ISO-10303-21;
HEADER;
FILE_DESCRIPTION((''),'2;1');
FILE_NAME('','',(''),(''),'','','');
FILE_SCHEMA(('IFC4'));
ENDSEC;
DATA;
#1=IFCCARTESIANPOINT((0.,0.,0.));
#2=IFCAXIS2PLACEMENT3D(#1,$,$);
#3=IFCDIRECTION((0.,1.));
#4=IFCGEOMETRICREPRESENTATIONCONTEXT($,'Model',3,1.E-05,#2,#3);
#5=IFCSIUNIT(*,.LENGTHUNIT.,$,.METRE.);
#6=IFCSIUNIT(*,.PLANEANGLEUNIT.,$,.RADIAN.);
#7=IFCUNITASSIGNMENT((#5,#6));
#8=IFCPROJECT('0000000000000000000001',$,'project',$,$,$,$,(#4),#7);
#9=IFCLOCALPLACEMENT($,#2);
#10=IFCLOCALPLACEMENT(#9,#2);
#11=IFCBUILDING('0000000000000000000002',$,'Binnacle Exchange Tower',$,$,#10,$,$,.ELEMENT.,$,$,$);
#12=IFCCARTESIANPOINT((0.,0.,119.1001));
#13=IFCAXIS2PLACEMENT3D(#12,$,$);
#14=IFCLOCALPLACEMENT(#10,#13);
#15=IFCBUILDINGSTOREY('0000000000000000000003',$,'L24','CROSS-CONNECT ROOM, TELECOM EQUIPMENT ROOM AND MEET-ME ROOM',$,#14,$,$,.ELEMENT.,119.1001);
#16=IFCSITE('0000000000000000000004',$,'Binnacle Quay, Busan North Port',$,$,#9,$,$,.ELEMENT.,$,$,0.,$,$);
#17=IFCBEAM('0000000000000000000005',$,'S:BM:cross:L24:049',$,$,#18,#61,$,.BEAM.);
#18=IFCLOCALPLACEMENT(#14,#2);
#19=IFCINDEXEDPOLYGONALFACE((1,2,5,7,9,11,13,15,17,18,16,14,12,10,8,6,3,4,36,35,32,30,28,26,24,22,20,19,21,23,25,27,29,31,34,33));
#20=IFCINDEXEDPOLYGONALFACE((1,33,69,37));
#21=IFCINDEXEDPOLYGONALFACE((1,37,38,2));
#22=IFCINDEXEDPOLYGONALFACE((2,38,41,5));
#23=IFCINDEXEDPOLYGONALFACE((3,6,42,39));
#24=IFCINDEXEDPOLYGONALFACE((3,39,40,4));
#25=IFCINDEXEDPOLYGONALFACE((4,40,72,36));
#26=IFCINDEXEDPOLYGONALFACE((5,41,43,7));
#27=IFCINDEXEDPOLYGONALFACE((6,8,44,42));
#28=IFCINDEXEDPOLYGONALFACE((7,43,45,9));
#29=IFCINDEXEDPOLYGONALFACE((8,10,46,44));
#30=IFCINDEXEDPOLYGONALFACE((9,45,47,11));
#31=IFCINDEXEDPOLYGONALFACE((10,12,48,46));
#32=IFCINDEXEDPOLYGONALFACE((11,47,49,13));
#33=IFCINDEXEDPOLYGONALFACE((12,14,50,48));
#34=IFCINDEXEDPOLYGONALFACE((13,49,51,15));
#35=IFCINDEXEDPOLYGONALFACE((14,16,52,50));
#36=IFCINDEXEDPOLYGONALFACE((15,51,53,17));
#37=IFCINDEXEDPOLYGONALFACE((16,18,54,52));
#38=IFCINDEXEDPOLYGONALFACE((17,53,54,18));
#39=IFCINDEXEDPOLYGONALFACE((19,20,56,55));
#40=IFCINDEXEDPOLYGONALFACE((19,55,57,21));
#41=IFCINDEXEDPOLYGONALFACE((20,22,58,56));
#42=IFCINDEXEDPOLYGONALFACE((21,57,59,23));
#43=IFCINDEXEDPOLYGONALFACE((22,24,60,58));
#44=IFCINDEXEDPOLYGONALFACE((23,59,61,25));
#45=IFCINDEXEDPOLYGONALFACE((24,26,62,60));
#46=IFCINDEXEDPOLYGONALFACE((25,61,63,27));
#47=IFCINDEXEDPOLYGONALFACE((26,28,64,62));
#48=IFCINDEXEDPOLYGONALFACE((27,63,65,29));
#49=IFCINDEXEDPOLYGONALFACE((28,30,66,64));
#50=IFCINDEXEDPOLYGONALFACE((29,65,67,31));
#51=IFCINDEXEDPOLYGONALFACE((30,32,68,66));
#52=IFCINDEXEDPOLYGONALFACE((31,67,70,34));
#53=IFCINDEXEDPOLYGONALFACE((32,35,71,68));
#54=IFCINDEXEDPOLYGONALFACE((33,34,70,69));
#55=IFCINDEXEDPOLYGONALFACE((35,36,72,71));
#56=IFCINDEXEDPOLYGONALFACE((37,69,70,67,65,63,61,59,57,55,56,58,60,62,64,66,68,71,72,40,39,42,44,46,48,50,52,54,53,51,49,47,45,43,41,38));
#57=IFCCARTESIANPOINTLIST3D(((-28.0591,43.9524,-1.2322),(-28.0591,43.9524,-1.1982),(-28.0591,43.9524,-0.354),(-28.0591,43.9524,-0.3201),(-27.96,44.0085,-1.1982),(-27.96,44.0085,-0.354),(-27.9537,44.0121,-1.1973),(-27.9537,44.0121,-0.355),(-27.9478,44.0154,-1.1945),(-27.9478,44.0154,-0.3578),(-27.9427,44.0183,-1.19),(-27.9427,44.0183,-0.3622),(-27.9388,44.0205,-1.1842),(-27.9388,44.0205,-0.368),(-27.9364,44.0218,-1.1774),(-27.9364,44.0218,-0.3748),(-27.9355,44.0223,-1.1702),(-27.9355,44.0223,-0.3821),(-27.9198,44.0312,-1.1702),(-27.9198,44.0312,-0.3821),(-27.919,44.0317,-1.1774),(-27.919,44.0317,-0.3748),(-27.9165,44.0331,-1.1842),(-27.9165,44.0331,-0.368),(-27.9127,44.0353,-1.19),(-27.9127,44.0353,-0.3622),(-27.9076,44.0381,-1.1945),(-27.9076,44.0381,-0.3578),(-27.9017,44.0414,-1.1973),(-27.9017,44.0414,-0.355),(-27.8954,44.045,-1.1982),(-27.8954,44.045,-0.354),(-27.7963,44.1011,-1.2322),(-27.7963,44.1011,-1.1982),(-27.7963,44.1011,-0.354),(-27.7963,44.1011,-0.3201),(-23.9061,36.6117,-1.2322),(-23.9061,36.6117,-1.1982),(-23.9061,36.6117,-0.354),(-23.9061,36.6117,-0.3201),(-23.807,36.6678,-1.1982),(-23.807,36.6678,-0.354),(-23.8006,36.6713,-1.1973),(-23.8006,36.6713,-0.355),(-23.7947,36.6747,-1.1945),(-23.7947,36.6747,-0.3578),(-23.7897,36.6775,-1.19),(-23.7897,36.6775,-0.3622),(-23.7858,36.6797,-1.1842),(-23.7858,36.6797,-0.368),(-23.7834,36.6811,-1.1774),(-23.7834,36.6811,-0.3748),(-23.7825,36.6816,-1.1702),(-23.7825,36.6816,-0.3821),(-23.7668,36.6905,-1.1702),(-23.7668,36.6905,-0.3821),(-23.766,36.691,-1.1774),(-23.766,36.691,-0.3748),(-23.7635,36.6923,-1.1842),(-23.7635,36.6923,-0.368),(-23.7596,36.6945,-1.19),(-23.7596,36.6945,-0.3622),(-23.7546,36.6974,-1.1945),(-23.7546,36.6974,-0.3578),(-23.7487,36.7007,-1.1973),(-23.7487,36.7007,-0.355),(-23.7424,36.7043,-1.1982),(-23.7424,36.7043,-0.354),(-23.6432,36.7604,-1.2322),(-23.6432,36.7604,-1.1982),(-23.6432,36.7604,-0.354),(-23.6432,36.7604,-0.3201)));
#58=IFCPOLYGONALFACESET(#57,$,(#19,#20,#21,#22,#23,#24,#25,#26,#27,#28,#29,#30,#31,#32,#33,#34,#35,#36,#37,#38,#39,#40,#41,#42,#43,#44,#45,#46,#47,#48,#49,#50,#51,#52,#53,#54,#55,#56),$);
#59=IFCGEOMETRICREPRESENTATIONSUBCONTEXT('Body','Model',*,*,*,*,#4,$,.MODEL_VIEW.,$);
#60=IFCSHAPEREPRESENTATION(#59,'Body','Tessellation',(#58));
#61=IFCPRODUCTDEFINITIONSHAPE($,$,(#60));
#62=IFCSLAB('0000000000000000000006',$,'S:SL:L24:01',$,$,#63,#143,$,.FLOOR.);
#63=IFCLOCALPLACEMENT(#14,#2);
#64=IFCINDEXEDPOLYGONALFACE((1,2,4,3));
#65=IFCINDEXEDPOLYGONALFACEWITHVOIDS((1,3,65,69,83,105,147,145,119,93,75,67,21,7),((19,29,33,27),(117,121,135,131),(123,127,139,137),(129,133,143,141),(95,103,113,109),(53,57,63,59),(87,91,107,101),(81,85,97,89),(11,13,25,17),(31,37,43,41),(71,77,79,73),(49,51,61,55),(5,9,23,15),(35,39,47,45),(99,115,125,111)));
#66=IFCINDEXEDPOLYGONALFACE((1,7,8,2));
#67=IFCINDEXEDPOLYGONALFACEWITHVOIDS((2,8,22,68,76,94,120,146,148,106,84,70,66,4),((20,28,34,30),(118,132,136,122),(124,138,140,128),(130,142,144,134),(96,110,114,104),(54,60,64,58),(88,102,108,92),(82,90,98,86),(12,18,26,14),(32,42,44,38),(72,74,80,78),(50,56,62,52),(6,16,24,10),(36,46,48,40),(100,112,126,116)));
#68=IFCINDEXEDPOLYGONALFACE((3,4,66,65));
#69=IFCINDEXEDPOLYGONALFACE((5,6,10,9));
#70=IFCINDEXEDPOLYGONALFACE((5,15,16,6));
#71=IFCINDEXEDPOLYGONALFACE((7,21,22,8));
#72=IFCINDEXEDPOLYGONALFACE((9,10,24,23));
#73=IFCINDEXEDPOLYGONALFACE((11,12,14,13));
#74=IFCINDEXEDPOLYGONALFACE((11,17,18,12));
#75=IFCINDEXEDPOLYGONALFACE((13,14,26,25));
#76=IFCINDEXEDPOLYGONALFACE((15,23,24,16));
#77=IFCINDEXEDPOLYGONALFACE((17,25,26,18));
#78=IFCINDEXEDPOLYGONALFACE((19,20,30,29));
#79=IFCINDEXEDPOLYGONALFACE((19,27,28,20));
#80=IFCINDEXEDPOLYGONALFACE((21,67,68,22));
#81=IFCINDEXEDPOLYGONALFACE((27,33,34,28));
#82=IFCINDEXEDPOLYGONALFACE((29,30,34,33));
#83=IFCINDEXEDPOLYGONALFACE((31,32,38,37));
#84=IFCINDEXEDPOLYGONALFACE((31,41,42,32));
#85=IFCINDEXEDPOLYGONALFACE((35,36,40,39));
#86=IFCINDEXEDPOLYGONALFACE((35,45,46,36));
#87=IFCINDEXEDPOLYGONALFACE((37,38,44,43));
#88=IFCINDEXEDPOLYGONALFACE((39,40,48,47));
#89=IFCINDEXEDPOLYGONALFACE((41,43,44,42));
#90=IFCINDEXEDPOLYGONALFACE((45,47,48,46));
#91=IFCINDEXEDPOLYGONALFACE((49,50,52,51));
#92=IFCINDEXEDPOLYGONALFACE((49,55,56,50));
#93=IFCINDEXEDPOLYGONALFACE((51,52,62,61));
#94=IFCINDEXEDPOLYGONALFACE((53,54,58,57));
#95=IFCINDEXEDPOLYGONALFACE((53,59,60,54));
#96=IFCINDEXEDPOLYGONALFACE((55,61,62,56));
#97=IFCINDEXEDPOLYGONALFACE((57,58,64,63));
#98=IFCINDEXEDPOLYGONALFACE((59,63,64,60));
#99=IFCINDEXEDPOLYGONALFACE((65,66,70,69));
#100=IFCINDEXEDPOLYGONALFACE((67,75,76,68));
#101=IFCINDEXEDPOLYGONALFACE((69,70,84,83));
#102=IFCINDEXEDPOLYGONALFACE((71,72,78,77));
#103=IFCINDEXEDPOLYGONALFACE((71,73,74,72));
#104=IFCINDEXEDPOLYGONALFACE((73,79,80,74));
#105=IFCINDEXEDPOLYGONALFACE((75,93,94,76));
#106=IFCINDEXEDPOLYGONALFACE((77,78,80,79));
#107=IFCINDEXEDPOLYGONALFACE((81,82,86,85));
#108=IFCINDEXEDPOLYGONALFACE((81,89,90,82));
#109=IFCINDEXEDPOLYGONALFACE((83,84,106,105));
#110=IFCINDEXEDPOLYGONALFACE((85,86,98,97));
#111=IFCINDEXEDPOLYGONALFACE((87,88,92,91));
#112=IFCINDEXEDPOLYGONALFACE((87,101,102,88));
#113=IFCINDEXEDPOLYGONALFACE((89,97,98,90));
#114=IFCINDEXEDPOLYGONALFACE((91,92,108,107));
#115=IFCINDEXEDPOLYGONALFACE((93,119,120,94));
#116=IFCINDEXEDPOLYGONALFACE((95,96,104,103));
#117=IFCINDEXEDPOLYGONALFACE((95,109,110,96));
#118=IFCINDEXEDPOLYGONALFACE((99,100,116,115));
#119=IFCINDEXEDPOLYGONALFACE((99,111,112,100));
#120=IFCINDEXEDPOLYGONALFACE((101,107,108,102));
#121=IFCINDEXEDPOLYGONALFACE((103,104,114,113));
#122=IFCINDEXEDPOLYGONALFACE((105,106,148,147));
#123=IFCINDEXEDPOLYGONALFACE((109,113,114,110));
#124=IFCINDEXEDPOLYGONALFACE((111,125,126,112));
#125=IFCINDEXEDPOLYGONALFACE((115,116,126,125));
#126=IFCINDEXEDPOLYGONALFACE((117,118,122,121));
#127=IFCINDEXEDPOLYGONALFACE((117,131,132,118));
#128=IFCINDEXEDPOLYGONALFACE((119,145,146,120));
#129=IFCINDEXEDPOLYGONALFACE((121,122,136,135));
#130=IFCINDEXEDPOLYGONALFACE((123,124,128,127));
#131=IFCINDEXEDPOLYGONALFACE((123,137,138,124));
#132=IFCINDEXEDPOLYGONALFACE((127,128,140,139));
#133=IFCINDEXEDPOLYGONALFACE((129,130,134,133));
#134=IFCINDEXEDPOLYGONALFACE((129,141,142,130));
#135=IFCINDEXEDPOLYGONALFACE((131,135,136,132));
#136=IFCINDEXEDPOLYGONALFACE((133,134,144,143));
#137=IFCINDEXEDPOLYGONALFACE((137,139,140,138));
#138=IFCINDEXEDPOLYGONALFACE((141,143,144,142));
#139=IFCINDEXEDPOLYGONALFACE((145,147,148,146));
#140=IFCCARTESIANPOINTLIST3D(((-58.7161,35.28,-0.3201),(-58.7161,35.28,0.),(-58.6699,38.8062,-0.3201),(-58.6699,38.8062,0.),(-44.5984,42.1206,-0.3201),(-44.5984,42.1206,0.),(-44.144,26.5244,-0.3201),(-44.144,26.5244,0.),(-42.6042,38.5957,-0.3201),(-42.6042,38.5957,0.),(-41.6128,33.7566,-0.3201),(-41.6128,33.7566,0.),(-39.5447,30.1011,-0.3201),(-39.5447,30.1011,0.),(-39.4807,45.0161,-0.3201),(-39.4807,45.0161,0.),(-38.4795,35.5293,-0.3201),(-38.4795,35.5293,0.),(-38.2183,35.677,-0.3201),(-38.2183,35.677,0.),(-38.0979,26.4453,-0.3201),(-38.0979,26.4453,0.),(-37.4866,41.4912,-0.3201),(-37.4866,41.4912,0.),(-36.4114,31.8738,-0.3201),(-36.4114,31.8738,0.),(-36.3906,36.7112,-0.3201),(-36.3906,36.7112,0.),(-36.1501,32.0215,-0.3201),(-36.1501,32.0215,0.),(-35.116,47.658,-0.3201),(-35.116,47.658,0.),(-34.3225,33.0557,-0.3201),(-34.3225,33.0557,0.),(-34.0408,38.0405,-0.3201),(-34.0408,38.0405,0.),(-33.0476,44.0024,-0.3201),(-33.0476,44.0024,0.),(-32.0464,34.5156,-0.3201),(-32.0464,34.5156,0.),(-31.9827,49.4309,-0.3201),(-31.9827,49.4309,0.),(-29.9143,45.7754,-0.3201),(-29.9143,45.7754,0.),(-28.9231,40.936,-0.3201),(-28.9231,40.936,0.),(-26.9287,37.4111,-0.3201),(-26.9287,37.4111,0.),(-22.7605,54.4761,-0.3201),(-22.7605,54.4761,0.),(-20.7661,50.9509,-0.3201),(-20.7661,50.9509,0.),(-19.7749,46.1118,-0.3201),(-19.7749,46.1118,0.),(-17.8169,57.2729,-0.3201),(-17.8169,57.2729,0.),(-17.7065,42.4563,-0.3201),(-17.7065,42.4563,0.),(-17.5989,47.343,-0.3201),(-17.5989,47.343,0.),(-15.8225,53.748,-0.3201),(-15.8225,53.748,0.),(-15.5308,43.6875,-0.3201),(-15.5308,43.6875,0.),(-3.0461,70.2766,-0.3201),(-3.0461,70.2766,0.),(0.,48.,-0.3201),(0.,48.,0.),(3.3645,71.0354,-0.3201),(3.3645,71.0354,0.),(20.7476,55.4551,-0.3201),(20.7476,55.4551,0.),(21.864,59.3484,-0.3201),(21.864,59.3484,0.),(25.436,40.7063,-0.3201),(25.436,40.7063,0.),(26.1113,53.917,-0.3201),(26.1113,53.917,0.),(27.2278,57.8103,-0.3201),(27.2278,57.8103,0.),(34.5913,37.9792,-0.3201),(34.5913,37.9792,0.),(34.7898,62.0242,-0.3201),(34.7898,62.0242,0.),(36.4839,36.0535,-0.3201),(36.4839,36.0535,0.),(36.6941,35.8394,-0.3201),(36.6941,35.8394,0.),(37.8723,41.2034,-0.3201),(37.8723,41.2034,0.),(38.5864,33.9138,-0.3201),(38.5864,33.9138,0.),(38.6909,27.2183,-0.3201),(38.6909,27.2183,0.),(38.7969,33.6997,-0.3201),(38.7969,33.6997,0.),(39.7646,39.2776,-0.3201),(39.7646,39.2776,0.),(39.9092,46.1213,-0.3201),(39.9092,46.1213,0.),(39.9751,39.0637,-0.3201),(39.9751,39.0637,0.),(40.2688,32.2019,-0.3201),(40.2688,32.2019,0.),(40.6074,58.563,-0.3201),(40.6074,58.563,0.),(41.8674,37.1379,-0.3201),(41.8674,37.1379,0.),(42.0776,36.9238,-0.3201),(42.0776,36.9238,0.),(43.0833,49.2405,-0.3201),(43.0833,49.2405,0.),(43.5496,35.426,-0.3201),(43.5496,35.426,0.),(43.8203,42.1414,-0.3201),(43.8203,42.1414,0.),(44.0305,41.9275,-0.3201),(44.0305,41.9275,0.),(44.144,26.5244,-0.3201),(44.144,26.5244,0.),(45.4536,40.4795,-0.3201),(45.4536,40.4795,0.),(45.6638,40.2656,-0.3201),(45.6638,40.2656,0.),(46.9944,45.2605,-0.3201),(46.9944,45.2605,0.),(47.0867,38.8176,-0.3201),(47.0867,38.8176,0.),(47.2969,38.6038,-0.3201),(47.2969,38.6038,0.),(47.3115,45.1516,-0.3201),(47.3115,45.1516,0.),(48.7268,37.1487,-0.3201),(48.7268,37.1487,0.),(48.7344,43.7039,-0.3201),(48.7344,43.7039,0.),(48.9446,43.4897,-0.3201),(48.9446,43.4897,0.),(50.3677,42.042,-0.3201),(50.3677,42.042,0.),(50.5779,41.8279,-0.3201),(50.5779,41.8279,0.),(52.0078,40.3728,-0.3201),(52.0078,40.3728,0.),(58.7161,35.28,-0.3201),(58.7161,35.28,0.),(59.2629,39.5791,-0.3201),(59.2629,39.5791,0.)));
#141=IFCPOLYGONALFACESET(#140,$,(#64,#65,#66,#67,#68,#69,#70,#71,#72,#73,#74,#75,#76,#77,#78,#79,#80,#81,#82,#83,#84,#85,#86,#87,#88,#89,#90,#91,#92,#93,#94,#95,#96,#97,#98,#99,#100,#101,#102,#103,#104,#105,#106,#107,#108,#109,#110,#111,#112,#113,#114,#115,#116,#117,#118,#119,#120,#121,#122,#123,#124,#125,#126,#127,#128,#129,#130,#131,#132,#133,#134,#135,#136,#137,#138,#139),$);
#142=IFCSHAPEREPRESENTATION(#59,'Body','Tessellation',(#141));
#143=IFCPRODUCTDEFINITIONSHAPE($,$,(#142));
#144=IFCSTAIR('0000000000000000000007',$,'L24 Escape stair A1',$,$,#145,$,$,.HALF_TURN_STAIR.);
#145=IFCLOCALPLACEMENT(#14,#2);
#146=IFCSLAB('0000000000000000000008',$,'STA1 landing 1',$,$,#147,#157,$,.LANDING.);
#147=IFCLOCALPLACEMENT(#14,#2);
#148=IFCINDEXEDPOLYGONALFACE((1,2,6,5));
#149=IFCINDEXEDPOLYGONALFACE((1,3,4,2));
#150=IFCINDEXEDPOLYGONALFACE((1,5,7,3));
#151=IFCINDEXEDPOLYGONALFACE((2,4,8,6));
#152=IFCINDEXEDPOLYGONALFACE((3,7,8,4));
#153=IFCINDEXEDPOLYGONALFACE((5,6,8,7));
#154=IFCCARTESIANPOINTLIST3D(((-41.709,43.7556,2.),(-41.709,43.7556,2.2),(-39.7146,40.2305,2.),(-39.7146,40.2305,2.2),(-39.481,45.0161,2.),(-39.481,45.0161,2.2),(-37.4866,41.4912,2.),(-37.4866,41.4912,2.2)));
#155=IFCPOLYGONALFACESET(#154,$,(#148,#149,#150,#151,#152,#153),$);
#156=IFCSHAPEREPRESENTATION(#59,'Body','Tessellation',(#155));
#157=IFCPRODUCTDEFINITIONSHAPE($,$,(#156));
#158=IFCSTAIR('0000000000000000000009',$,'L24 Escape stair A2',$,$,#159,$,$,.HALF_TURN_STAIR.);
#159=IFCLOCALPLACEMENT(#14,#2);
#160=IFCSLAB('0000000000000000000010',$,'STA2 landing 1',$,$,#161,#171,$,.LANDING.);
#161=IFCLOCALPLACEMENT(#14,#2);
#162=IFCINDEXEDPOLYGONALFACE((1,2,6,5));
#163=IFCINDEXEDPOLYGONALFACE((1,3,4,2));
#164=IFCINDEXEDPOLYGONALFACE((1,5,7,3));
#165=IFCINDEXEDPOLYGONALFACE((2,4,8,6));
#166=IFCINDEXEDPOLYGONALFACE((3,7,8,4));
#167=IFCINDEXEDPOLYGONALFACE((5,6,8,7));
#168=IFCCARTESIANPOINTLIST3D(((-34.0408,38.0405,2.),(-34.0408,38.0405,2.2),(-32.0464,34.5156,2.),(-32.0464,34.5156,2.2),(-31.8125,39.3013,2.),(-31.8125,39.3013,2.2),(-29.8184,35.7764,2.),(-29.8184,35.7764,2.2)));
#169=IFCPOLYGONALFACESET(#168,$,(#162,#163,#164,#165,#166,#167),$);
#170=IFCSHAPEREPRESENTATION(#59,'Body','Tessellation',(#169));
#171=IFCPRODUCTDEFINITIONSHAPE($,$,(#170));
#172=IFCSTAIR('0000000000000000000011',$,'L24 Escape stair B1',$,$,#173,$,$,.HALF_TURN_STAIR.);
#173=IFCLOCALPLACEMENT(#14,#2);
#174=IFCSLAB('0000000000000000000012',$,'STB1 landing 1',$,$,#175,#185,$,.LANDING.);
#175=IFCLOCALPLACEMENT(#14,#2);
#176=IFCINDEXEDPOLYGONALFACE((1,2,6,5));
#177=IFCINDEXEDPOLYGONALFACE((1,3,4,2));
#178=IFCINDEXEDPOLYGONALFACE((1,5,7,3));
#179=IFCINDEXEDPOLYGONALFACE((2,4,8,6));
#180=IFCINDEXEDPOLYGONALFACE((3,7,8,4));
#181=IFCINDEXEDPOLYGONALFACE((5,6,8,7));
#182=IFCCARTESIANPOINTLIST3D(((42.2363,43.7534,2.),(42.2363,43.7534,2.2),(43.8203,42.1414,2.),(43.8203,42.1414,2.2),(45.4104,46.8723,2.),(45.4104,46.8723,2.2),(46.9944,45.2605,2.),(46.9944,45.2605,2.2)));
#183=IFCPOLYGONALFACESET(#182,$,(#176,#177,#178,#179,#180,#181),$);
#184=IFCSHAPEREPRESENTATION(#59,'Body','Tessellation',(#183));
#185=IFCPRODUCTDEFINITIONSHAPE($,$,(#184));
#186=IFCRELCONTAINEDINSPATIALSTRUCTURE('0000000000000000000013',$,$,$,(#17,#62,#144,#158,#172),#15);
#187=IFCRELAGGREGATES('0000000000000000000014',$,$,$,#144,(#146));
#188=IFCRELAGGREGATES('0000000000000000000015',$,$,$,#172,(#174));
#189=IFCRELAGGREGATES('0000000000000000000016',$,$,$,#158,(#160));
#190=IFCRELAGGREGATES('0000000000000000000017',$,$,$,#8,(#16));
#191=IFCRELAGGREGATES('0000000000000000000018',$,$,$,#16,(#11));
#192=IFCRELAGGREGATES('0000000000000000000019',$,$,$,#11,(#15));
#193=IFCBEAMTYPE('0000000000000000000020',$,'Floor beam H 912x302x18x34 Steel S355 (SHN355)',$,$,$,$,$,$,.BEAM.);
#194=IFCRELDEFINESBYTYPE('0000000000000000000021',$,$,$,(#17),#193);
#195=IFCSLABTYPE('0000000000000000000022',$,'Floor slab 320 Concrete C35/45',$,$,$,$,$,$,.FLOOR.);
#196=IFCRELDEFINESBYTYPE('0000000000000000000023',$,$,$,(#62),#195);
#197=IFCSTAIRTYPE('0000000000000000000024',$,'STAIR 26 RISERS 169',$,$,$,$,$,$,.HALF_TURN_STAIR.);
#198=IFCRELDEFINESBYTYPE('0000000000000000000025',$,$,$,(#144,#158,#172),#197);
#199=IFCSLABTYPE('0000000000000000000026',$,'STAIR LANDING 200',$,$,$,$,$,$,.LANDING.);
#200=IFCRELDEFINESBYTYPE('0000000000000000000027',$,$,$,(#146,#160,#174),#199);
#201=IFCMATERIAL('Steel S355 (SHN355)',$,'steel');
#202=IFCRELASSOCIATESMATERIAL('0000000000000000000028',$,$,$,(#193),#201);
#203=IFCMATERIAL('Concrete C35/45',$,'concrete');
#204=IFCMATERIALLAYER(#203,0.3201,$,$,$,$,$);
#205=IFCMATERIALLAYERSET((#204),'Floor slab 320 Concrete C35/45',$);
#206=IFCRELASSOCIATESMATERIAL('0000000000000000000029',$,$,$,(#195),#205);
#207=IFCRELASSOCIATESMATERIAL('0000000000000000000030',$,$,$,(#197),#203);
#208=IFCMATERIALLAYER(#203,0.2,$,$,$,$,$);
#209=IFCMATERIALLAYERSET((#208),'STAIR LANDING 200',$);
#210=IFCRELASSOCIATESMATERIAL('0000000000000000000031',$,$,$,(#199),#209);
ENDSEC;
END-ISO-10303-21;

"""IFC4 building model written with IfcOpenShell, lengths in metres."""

from ifc_helpers import new_model, si_unit, direction, frame, origin, origin_2d, place, context, subcontext, project, spatial, polyline, i_section, outline, extrude, material, layer, layer_set, material_profile, profile_set, type_object, element, aggregate, save


model = new_model("IFC4")

# Units and contexts
model_context = context("Model", 3, precision=1e-05, world=origin(), true_north=direction((0.0, 1.0)))
body_context = subcontext(model_context, "Body", "Model", "MODEL_VIEW")
ifc_project = project(units=[si_unit("LENGTHUNIT", "METRE"), si_unit("PLANEANGLEUNIT", "RADIAN")], contexts=[model_context])

# Site, building, storey
site_placement = place(None, origin())
site = spatial("IfcSite", under=ifc_project, at=site_placement, Name="Binnacle Quay, Busan North Port", CompositionType="ELEMENT", RefElevation=0.0)
building_placement = place(site_placement, origin())
building = spatial("IfcBuilding", under=site, at=building_placement, Name="Binnacle Exchange Tower", CompositionType="ELEMENT")
storey_placement = place(building_placement, frame((0.0, 0.0, 119.1001)))
storey = spatial("IfcBuildingStorey", under=building, at=storey_placement, Name="L24", Description="CROSS-CONNECT ROOM, TELECOM EQUIPMENT ROOM AND MEET-ME ROOM", CompositionType="ELEMENT", Elevation=119.1001)

# Beam
ifc_material_1 = material(Name="Steel S355 (SHN355)", Category="steel")
ifc_material_profile_1 = material_profile(ifc_material_1, i_section(OverallWidth=0.302, OverallDepth=0.9121, WebThickness=0.0181, FlangeThickness=0.0339, FilletRadius=0.0281, at=origin_2d()), Name="H 912x302x18x34")
ifc_profile_set_1 = profile_set([ifc_material_profile_1], Name="Steel S355 (SHN355)")
beam_type_1 = type_object("IfcBeamType", Name="Floor beam H 912x302x18x34 Steel S355 (SHN355)", PredefinedType="BEAM", material=ifc_profile_set_1)
beam_1_placement = place(storey_placement, frame((-23.7747, 36.686, -0.7761), z_axis=(-0.492409, 0.870364, 0.0), x_axis=(-0.870364, -0.492409, 0.0)))
element("IfcBeam", 1, at=beam_1_placement, inside=storey, type_object=beam_type_1, Name="S:BM:cross:L24:049", PredefinedType="BEAM", context=body_context, shape_type="SweptSolid", body=[
    extrude(i_section(OverallWidth=0.302, OverallDepth=0.9121, WebThickness=0.0181, FlangeThickness=0.0339, FilletRadius=0.0281, at=origin_2d()), origin(), (0.0, 0.0, 1.0), 8.4341),
])

# Slab
ifc_material_2 = material(Name="Concrete C35/45", Category="concrete")
ifc_layer_1 = layer(ifc_material_2, 0.3201)
ifc_layer_set_1 = layer_set([ifc_layer_1], Name="Floor slab 320 Concrete C35/45")
slab_type_1 = type_object("IfcSlabType", Name="Floor slab 320 Concrete C35/45", PredefinedType="FLOOR", material=ifc_layer_set_1)
slab_1_placement = place(storey_placement, frame((0.0, 0.0, -0.3201)))
element("IfcSlab", 2, at=slab_1_placement, inside=storey, type_object=slab_type_1, Name="S:SL:L24:01", PredefinedType="FLOOR", context=body_context, shape_type="SweptSolid", body=[
    extrude(outline(polyline([(59.2629, 39.5791), (58.7161, 35.28), (44.144, 26.5244), (38.6909, 27.2183), (25.436, 40.7063), (0.0, 48.0), (-38.0979, 26.4453), (-44.144, 26.5244), (-58.7161, 35.28), (-58.6699, 38.8062), (-3.0461, 70.2766), (3.3645, 71.0354), (34.7898, 62.0242), (40.6074, 58.563), (59.2629, 39.5791)]), holes=[polyline([(-38.4795, 35.5293), (-41.6128, 33.7566), (-39.5447, 30.1011), (-36.4114, 31.8738), (-38.4795, 35.5293)]), polyline([(-34.3225, 33.0557), (-36.3906, 36.7112), (-38.2183, 35.677), (-36.1501, 32.0215), (-34.3225, 33.0557)]), polyline([(-34.0408, 38.0405), (-32.0464, 34.5156), (-26.9287, 37.4111), (-28.9231, 40.936), (-34.0408, 38.0405)]), polyline([(-37.4866, 41.4912), (-39.4807, 45.0161), (-44.5984, 42.1206), (-42.6042, 38.5957), (-37.4866, 41.4912)]), polyline([(-15.5308, 43.6875), (-17.5989, 47.343), (-19.7749, 46.1118), (-17.7065, 42.4563), (-15.5308, 43.6875)]), polyline([(-29.9143, 45.7754), (-31.9827, 49.4309), (-35.116, 47.658), (-33.0476, 44.0024), (-29.9143, 45.7754)]), polyline([(-15.8225, 53.748), (-17.8169, 57.2729), (-22.7605, 54.4761), (-20.7661, 50.9509), (-15.8225, 53.748)]), polyline([(26.1113, 53.917), (27.2278, 57.8103), (21.864, 59.3484), (20.7476, 55.4551), (26.1113, 53.917)]), polyline([(40.2688, 32.2019), (43.5496, 35.426), (42.0776, 36.9238), (38.7969, 33.6997), (40.2688, 32.2019)]), polyline([(38.5864, 33.9138), (41.8674, 37.1379), (39.9751, 39.0637), (36.6941, 35.8394), (38.5864, 33.9138)]), polyline([(36.4839, 36.0535), (39.7646, 39.2776), (37.8723, 41.2034), (34.5913, 37.9792), (36.4839, 36.0535)]), polyline([(48.7268, 37.1487), (52.0078, 40.3728), (50.5779, 41.8279), (47.2969, 38.6038), (48.7268, 37.1487)]), polyline([(47.0867, 38.8176), (50.3677, 42.042), (48.9446, 43.4897), (45.6638, 40.2656), (47.0867, 38.8176)]), polyline([(45.4536, 40.4795), (48.7344, 43.7039), (47.3115, 45.1516), (44.0305, 41.9275), (45.4536, 40.4795)]), polyline([(43.8203, 42.1414), (46.9944, 45.2605), (43.0833, 49.2405), (39.9092, 46.1213), (43.8203, 42.1414)])]), origin(), (0.0, 0.0, 1.0), 0.3201),
])

# Stairs, slabs
stair_type = type_object("IfcStairType", Name="STAIR 26 RISERS 169", PredefinedType="HALF_TURN_STAIR", material=ifc_material_2)
stair_1_placement = place(storey_placement, origin())
stair_1 = element("IfcStair", 3, at=stair_1_placement, inside=storey, type_object=stair_type, Name="L24 Escape stair A1", PredefinedType="HALF_TURN_STAIR")
ifc_layer_2 = layer(ifc_material_2, 0.2)
ifc_layer_set_2 = layer_set([ifc_layer_2], Name="STAIR LANDING 200")
slab_type_2 = type_object("IfcSlabType", Name="STAIR LANDING 200", PredefinedType="LANDING", material=ifc_layer_set_2)
slab_2_placement = place(storey_placement, frame((0.0, 0.0, 2.0)))
slab_2 = element("IfcSlab", 4, at=slab_2_placement, type_object=slab_type_2, Name="STA1 landing 1", PredefinedType="LANDING", context=body_context, shape_type="SweptSolid", body=[
    extrude(outline(polyline([(-39.7146, 40.2305), (-37.4866, 41.4912), (-39.481, 45.0161), (-41.709, 43.7556), (-39.7146, 40.2305)])), origin(), (0.0, 0.0, 1.0), 0.2),
])
aggregate(stair_1, [slab_2])
stair_2_placement = place(storey_placement, origin())
stair_2 = element("IfcStair", 5, at=stair_2_placement, inside=storey, type_object=stair_type, Name="L24 Escape stair A2", PredefinedType="HALF_TURN_STAIR")
slab_3_placement = place(storey_placement, frame((0.0, 0.0, 2.0)))
slab_3 = element("IfcSlab", 6, at=slab_3_placement, type_object=slab_type_2, Name="STA2 landing 1", PredefinedType="LANDING", context=body_context, shape_type="SweptSolid", body=[
    extrude(outline(polyline([(-31.8125, 39.3013), (-34.0408, 38.0405), (-32.0464, 34.5156), (-29.8184, 35.7764), (-31.8125, 39.3013)])), origin(), (0.0, 0.0, 1.0), 0.2),
])
stair_3_placement = place(storey_placement, origin())
stair_3 = element("IfcStair", 7, at=stair_3_placement, inside=storey, type_object=stair_type, Name="L24 Escape stair B1", PredefinedType="HALF_TURN_STAIR")
slab_4_placement = place(storey_placement, frame((0.0, 0.0, 2.0)))
slab_4 = element("IfcSlab", 8, at=slab_4_placement, type_object=slab_type_2, Name="STB1 landing 1", PredefinedType="LANDING", context=body_context, shape_type="SweptSolid", body=[
    extrude(outline(polyline([(42.2363, 43.7534), (43.8203, 42.1414), (46.9944, 45.2605), (45.4104, 46.8723), (42.2363, 43.7534)])), origin(), (0.0, 0.0, 1.0), 0.2),
])
aggregate(stair_3, [slab_4])

aggregate(stair_2, [slab_3])

save(model, "model.ifc")
